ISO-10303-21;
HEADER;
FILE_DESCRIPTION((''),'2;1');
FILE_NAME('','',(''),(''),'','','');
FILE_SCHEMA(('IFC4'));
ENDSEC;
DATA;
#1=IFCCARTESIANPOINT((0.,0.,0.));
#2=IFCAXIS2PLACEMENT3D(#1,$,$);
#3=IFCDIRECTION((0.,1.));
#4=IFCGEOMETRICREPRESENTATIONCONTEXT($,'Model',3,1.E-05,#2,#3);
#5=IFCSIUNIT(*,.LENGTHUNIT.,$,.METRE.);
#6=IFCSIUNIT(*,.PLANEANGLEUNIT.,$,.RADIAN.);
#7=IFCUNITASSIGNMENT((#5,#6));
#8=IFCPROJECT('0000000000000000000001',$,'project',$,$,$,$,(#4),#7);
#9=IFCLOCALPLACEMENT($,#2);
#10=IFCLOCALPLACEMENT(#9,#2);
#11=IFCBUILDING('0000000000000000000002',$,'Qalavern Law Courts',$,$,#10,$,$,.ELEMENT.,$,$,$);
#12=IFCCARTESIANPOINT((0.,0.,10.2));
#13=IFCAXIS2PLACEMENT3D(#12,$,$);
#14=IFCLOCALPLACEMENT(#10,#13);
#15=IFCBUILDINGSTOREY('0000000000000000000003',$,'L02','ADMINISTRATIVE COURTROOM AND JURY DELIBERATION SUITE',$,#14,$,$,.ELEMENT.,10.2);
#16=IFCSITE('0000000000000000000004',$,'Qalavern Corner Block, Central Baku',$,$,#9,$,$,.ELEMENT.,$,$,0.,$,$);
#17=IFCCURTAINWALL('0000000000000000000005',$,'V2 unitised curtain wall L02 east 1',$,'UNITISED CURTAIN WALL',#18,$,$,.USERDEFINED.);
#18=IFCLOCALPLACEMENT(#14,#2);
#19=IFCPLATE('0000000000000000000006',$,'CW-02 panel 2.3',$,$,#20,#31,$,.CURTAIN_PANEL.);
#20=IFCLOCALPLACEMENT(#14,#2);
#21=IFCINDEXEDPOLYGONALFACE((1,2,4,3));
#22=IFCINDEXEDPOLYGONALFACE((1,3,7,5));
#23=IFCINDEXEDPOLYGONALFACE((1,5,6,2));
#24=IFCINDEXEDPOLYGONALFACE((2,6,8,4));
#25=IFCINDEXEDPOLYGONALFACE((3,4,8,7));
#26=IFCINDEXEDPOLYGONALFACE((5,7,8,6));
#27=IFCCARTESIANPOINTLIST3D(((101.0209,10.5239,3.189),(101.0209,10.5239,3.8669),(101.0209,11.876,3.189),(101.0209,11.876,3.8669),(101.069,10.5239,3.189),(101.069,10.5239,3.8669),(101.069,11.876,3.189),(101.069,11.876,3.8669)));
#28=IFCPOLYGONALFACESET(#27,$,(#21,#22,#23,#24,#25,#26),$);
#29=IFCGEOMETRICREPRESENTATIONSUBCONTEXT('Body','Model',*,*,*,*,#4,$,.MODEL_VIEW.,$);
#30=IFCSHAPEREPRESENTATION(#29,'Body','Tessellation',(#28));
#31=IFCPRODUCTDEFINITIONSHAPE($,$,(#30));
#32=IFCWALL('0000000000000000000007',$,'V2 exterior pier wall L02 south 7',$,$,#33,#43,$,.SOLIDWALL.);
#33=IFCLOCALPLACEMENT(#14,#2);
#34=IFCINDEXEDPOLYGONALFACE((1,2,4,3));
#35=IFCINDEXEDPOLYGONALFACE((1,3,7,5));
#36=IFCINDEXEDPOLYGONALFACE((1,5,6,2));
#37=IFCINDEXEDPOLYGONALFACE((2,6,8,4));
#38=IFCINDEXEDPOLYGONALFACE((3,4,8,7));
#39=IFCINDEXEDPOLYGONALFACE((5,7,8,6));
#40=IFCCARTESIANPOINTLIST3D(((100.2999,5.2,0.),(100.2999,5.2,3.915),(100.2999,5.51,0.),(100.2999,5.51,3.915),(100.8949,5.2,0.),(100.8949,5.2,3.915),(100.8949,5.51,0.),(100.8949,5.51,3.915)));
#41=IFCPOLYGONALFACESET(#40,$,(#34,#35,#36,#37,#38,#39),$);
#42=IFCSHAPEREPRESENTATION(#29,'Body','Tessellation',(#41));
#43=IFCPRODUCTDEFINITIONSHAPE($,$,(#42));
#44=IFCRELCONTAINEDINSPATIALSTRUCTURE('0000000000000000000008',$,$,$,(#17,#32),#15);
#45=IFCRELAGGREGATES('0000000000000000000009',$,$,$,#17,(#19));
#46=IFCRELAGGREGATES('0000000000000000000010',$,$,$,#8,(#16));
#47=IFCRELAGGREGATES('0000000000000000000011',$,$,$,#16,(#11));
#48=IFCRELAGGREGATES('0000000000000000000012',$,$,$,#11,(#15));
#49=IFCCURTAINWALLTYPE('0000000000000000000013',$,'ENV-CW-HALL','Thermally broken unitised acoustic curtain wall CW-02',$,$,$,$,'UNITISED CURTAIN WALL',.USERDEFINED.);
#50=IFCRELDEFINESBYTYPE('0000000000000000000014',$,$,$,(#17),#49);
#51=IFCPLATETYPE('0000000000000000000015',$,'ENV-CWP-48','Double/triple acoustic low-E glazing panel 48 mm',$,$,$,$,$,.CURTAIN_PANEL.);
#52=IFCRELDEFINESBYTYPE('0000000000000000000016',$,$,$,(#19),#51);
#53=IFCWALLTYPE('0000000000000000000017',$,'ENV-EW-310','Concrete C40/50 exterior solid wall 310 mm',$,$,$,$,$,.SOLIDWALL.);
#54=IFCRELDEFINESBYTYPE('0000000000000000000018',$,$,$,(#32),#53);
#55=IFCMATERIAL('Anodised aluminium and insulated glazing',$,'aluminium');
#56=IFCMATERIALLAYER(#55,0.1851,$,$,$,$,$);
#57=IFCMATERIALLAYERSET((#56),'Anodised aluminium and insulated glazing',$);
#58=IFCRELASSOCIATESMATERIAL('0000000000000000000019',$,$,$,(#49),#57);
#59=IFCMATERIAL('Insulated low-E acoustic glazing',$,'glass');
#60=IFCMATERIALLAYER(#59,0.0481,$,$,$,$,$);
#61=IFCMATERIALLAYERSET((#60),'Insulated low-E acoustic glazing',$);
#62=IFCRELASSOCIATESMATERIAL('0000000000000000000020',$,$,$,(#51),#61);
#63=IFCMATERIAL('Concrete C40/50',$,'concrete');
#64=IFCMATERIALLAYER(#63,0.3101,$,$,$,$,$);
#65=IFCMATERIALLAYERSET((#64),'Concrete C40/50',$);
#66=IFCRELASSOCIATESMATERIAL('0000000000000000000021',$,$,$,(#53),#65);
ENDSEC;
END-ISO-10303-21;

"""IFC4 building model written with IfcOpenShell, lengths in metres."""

from ifc_helpers import new_model, si_unit, direction, frame, frame_2d, origin, origin_2d, place, context, subcontext, project, spatial, rectangle, extrude, material, layer, layer_set, type_object, element, aggregate, save


model = new_model("IFC4")

# Units and contexts
model_context = context("Model", 3, precision=1e-05, world=origin(), true_north=direction((0.0, 1.0)))
body_context = subcontext(model_context, "Body", "Model", "MODEL_VIEW")
ifc_project = project(units=[si_unit("LENGTHUNIT", "METRE"), si_unit("PLANEANGLEUNIT", "RADIAN")], contexts=[model_context])

# Site, building, storey
site_placement = place(None, origin())
site = spatial("IfcSite", under=ifc_project, at=site_placement, Name="Qalavern Corner Block, Central Baku", CompositionType="ELEMENT", RefElevation=0.0)
building_placement = place(site_placement, origin())
building = spatial("IfcBuilding", under=site, at=building_placement, Name="Qalavern Law Courts", CompositionType="ELEMENT")
storey_placement = place(building_placement, frame((0.0, 0.0, 10.2)))
storey = spatial("IfcBuildingStorey", under=building, at=storey_placement, Name="L02", Description="ADMINISTRATIVE COURTROOM AND JURY DELIBERATION SUITE", CompositionType="ELEMENT", Elevation=10.2)

# Curtain wall
ifc_material_1 = material(Name="Anodised aluminium and insulated glazing", Category="aluminium")
ifc_layer_1 = layer(ifc_material_1, 0.1851)
ifc_layer_set_1 = layer_set([ifc_layer_1], Name="Anodised aluminium and insulated glazing")
curtain_wall_type = type_object("IfcCurtainWallType", Name="ENV-CW-HALL", Description="Thermally broken unitised acoustic curtain wall CW-02", ElementType="UNITISED CURTAIN WALL", PredefinedType="USERDEFINED", material=ifc_layer_set_1)
curtain_wall_placement = place(storey_placement, origin())
curtain_wall = element("IfcCurtainWall", 1, at=curtain_wall_placement, inside=storey, type_object=curtain_wall_type, Name="V2 unitised curtain wall L02 east 1", ObjectType="UNITISED CURTAIN WALL", PredefinedType="USERDEFINED")

# Plate
ifc_material_2 = material(Name="Insulated low-E acoustic glazing", Category="glass")
ifc_layer_2 = layer(ifc_material_2, 0.0481)
ifc_layer_set_2 = layer_set([ifc_layer_2], Name="Insulated low-E acoustic glazing")
plate_type = type_object("IfcPlateType", Name="ENV-CWP-48", Description="Double/triple acoustic low-E glazing panel 48 mm", PredefinedType="CURTAIN_PANEL", material=ifc_layer_set_2)
plate_1_placement = place(storey_placement, frame((101.0449, 11.2, 3.189), z_axis=(0.0, 0.0, 1.0), x_axis=(0.0, 1.0, 0.0)))
plate_1 = element("IfcPlate", 2, at=plate_1_placement, type_object=plate_type, Name="CW-02 panel 2.3", PredefinedType="CURTAIN_PANEL", context=body_context, shape_type="SweptSolid", body=[
    extrude(rectangle(XDim=1.3521, YDim=0.0481, at=origin_2d()), origin(), (0.0, 0.0, 1.0), 0.678),
])
aggregate(curtain_wall, [plate_1])

# Wall
ifc_material_3 = material(Name="Concrete C40/50", Category="concrete")
ifc_layer_3 = layer(ifc_material_3, 0.3101)
ifc_layer_set_3 = layer_set([ifc_layer_3], Name="Concrete C40/50")
wall_type = type_object("IfcWallType", Name="ENV-EW-310", Description="Concrete C40/50 exterior solid wall 310 mm", PredefinedType="SOLIDWALL", material=ifc_layer_set_3)
wall_placement = place(storey_placement, frame((100.3, 5.355, 0.0), z_axis=(0.0, 0.0, 1.0), x_axis=(1.0, 0.0, 0.0)))
element("IfcWall", 3, at=wall_placement, inside=storey, type_object=wall_type, Name="V2 exterior pier wall L02 south 7", PredefinedType="SOLIDWALL", context=body_context, shape_type="SweptSolid", body=[
    extrude(rectangle(XDim=0.595, YDim=0.3101, at=frame_2d((0.2974, 0.0))), origin(), (0.0, 0.0, 1.0), 3.915),
])

save(model, "model.ifc")
